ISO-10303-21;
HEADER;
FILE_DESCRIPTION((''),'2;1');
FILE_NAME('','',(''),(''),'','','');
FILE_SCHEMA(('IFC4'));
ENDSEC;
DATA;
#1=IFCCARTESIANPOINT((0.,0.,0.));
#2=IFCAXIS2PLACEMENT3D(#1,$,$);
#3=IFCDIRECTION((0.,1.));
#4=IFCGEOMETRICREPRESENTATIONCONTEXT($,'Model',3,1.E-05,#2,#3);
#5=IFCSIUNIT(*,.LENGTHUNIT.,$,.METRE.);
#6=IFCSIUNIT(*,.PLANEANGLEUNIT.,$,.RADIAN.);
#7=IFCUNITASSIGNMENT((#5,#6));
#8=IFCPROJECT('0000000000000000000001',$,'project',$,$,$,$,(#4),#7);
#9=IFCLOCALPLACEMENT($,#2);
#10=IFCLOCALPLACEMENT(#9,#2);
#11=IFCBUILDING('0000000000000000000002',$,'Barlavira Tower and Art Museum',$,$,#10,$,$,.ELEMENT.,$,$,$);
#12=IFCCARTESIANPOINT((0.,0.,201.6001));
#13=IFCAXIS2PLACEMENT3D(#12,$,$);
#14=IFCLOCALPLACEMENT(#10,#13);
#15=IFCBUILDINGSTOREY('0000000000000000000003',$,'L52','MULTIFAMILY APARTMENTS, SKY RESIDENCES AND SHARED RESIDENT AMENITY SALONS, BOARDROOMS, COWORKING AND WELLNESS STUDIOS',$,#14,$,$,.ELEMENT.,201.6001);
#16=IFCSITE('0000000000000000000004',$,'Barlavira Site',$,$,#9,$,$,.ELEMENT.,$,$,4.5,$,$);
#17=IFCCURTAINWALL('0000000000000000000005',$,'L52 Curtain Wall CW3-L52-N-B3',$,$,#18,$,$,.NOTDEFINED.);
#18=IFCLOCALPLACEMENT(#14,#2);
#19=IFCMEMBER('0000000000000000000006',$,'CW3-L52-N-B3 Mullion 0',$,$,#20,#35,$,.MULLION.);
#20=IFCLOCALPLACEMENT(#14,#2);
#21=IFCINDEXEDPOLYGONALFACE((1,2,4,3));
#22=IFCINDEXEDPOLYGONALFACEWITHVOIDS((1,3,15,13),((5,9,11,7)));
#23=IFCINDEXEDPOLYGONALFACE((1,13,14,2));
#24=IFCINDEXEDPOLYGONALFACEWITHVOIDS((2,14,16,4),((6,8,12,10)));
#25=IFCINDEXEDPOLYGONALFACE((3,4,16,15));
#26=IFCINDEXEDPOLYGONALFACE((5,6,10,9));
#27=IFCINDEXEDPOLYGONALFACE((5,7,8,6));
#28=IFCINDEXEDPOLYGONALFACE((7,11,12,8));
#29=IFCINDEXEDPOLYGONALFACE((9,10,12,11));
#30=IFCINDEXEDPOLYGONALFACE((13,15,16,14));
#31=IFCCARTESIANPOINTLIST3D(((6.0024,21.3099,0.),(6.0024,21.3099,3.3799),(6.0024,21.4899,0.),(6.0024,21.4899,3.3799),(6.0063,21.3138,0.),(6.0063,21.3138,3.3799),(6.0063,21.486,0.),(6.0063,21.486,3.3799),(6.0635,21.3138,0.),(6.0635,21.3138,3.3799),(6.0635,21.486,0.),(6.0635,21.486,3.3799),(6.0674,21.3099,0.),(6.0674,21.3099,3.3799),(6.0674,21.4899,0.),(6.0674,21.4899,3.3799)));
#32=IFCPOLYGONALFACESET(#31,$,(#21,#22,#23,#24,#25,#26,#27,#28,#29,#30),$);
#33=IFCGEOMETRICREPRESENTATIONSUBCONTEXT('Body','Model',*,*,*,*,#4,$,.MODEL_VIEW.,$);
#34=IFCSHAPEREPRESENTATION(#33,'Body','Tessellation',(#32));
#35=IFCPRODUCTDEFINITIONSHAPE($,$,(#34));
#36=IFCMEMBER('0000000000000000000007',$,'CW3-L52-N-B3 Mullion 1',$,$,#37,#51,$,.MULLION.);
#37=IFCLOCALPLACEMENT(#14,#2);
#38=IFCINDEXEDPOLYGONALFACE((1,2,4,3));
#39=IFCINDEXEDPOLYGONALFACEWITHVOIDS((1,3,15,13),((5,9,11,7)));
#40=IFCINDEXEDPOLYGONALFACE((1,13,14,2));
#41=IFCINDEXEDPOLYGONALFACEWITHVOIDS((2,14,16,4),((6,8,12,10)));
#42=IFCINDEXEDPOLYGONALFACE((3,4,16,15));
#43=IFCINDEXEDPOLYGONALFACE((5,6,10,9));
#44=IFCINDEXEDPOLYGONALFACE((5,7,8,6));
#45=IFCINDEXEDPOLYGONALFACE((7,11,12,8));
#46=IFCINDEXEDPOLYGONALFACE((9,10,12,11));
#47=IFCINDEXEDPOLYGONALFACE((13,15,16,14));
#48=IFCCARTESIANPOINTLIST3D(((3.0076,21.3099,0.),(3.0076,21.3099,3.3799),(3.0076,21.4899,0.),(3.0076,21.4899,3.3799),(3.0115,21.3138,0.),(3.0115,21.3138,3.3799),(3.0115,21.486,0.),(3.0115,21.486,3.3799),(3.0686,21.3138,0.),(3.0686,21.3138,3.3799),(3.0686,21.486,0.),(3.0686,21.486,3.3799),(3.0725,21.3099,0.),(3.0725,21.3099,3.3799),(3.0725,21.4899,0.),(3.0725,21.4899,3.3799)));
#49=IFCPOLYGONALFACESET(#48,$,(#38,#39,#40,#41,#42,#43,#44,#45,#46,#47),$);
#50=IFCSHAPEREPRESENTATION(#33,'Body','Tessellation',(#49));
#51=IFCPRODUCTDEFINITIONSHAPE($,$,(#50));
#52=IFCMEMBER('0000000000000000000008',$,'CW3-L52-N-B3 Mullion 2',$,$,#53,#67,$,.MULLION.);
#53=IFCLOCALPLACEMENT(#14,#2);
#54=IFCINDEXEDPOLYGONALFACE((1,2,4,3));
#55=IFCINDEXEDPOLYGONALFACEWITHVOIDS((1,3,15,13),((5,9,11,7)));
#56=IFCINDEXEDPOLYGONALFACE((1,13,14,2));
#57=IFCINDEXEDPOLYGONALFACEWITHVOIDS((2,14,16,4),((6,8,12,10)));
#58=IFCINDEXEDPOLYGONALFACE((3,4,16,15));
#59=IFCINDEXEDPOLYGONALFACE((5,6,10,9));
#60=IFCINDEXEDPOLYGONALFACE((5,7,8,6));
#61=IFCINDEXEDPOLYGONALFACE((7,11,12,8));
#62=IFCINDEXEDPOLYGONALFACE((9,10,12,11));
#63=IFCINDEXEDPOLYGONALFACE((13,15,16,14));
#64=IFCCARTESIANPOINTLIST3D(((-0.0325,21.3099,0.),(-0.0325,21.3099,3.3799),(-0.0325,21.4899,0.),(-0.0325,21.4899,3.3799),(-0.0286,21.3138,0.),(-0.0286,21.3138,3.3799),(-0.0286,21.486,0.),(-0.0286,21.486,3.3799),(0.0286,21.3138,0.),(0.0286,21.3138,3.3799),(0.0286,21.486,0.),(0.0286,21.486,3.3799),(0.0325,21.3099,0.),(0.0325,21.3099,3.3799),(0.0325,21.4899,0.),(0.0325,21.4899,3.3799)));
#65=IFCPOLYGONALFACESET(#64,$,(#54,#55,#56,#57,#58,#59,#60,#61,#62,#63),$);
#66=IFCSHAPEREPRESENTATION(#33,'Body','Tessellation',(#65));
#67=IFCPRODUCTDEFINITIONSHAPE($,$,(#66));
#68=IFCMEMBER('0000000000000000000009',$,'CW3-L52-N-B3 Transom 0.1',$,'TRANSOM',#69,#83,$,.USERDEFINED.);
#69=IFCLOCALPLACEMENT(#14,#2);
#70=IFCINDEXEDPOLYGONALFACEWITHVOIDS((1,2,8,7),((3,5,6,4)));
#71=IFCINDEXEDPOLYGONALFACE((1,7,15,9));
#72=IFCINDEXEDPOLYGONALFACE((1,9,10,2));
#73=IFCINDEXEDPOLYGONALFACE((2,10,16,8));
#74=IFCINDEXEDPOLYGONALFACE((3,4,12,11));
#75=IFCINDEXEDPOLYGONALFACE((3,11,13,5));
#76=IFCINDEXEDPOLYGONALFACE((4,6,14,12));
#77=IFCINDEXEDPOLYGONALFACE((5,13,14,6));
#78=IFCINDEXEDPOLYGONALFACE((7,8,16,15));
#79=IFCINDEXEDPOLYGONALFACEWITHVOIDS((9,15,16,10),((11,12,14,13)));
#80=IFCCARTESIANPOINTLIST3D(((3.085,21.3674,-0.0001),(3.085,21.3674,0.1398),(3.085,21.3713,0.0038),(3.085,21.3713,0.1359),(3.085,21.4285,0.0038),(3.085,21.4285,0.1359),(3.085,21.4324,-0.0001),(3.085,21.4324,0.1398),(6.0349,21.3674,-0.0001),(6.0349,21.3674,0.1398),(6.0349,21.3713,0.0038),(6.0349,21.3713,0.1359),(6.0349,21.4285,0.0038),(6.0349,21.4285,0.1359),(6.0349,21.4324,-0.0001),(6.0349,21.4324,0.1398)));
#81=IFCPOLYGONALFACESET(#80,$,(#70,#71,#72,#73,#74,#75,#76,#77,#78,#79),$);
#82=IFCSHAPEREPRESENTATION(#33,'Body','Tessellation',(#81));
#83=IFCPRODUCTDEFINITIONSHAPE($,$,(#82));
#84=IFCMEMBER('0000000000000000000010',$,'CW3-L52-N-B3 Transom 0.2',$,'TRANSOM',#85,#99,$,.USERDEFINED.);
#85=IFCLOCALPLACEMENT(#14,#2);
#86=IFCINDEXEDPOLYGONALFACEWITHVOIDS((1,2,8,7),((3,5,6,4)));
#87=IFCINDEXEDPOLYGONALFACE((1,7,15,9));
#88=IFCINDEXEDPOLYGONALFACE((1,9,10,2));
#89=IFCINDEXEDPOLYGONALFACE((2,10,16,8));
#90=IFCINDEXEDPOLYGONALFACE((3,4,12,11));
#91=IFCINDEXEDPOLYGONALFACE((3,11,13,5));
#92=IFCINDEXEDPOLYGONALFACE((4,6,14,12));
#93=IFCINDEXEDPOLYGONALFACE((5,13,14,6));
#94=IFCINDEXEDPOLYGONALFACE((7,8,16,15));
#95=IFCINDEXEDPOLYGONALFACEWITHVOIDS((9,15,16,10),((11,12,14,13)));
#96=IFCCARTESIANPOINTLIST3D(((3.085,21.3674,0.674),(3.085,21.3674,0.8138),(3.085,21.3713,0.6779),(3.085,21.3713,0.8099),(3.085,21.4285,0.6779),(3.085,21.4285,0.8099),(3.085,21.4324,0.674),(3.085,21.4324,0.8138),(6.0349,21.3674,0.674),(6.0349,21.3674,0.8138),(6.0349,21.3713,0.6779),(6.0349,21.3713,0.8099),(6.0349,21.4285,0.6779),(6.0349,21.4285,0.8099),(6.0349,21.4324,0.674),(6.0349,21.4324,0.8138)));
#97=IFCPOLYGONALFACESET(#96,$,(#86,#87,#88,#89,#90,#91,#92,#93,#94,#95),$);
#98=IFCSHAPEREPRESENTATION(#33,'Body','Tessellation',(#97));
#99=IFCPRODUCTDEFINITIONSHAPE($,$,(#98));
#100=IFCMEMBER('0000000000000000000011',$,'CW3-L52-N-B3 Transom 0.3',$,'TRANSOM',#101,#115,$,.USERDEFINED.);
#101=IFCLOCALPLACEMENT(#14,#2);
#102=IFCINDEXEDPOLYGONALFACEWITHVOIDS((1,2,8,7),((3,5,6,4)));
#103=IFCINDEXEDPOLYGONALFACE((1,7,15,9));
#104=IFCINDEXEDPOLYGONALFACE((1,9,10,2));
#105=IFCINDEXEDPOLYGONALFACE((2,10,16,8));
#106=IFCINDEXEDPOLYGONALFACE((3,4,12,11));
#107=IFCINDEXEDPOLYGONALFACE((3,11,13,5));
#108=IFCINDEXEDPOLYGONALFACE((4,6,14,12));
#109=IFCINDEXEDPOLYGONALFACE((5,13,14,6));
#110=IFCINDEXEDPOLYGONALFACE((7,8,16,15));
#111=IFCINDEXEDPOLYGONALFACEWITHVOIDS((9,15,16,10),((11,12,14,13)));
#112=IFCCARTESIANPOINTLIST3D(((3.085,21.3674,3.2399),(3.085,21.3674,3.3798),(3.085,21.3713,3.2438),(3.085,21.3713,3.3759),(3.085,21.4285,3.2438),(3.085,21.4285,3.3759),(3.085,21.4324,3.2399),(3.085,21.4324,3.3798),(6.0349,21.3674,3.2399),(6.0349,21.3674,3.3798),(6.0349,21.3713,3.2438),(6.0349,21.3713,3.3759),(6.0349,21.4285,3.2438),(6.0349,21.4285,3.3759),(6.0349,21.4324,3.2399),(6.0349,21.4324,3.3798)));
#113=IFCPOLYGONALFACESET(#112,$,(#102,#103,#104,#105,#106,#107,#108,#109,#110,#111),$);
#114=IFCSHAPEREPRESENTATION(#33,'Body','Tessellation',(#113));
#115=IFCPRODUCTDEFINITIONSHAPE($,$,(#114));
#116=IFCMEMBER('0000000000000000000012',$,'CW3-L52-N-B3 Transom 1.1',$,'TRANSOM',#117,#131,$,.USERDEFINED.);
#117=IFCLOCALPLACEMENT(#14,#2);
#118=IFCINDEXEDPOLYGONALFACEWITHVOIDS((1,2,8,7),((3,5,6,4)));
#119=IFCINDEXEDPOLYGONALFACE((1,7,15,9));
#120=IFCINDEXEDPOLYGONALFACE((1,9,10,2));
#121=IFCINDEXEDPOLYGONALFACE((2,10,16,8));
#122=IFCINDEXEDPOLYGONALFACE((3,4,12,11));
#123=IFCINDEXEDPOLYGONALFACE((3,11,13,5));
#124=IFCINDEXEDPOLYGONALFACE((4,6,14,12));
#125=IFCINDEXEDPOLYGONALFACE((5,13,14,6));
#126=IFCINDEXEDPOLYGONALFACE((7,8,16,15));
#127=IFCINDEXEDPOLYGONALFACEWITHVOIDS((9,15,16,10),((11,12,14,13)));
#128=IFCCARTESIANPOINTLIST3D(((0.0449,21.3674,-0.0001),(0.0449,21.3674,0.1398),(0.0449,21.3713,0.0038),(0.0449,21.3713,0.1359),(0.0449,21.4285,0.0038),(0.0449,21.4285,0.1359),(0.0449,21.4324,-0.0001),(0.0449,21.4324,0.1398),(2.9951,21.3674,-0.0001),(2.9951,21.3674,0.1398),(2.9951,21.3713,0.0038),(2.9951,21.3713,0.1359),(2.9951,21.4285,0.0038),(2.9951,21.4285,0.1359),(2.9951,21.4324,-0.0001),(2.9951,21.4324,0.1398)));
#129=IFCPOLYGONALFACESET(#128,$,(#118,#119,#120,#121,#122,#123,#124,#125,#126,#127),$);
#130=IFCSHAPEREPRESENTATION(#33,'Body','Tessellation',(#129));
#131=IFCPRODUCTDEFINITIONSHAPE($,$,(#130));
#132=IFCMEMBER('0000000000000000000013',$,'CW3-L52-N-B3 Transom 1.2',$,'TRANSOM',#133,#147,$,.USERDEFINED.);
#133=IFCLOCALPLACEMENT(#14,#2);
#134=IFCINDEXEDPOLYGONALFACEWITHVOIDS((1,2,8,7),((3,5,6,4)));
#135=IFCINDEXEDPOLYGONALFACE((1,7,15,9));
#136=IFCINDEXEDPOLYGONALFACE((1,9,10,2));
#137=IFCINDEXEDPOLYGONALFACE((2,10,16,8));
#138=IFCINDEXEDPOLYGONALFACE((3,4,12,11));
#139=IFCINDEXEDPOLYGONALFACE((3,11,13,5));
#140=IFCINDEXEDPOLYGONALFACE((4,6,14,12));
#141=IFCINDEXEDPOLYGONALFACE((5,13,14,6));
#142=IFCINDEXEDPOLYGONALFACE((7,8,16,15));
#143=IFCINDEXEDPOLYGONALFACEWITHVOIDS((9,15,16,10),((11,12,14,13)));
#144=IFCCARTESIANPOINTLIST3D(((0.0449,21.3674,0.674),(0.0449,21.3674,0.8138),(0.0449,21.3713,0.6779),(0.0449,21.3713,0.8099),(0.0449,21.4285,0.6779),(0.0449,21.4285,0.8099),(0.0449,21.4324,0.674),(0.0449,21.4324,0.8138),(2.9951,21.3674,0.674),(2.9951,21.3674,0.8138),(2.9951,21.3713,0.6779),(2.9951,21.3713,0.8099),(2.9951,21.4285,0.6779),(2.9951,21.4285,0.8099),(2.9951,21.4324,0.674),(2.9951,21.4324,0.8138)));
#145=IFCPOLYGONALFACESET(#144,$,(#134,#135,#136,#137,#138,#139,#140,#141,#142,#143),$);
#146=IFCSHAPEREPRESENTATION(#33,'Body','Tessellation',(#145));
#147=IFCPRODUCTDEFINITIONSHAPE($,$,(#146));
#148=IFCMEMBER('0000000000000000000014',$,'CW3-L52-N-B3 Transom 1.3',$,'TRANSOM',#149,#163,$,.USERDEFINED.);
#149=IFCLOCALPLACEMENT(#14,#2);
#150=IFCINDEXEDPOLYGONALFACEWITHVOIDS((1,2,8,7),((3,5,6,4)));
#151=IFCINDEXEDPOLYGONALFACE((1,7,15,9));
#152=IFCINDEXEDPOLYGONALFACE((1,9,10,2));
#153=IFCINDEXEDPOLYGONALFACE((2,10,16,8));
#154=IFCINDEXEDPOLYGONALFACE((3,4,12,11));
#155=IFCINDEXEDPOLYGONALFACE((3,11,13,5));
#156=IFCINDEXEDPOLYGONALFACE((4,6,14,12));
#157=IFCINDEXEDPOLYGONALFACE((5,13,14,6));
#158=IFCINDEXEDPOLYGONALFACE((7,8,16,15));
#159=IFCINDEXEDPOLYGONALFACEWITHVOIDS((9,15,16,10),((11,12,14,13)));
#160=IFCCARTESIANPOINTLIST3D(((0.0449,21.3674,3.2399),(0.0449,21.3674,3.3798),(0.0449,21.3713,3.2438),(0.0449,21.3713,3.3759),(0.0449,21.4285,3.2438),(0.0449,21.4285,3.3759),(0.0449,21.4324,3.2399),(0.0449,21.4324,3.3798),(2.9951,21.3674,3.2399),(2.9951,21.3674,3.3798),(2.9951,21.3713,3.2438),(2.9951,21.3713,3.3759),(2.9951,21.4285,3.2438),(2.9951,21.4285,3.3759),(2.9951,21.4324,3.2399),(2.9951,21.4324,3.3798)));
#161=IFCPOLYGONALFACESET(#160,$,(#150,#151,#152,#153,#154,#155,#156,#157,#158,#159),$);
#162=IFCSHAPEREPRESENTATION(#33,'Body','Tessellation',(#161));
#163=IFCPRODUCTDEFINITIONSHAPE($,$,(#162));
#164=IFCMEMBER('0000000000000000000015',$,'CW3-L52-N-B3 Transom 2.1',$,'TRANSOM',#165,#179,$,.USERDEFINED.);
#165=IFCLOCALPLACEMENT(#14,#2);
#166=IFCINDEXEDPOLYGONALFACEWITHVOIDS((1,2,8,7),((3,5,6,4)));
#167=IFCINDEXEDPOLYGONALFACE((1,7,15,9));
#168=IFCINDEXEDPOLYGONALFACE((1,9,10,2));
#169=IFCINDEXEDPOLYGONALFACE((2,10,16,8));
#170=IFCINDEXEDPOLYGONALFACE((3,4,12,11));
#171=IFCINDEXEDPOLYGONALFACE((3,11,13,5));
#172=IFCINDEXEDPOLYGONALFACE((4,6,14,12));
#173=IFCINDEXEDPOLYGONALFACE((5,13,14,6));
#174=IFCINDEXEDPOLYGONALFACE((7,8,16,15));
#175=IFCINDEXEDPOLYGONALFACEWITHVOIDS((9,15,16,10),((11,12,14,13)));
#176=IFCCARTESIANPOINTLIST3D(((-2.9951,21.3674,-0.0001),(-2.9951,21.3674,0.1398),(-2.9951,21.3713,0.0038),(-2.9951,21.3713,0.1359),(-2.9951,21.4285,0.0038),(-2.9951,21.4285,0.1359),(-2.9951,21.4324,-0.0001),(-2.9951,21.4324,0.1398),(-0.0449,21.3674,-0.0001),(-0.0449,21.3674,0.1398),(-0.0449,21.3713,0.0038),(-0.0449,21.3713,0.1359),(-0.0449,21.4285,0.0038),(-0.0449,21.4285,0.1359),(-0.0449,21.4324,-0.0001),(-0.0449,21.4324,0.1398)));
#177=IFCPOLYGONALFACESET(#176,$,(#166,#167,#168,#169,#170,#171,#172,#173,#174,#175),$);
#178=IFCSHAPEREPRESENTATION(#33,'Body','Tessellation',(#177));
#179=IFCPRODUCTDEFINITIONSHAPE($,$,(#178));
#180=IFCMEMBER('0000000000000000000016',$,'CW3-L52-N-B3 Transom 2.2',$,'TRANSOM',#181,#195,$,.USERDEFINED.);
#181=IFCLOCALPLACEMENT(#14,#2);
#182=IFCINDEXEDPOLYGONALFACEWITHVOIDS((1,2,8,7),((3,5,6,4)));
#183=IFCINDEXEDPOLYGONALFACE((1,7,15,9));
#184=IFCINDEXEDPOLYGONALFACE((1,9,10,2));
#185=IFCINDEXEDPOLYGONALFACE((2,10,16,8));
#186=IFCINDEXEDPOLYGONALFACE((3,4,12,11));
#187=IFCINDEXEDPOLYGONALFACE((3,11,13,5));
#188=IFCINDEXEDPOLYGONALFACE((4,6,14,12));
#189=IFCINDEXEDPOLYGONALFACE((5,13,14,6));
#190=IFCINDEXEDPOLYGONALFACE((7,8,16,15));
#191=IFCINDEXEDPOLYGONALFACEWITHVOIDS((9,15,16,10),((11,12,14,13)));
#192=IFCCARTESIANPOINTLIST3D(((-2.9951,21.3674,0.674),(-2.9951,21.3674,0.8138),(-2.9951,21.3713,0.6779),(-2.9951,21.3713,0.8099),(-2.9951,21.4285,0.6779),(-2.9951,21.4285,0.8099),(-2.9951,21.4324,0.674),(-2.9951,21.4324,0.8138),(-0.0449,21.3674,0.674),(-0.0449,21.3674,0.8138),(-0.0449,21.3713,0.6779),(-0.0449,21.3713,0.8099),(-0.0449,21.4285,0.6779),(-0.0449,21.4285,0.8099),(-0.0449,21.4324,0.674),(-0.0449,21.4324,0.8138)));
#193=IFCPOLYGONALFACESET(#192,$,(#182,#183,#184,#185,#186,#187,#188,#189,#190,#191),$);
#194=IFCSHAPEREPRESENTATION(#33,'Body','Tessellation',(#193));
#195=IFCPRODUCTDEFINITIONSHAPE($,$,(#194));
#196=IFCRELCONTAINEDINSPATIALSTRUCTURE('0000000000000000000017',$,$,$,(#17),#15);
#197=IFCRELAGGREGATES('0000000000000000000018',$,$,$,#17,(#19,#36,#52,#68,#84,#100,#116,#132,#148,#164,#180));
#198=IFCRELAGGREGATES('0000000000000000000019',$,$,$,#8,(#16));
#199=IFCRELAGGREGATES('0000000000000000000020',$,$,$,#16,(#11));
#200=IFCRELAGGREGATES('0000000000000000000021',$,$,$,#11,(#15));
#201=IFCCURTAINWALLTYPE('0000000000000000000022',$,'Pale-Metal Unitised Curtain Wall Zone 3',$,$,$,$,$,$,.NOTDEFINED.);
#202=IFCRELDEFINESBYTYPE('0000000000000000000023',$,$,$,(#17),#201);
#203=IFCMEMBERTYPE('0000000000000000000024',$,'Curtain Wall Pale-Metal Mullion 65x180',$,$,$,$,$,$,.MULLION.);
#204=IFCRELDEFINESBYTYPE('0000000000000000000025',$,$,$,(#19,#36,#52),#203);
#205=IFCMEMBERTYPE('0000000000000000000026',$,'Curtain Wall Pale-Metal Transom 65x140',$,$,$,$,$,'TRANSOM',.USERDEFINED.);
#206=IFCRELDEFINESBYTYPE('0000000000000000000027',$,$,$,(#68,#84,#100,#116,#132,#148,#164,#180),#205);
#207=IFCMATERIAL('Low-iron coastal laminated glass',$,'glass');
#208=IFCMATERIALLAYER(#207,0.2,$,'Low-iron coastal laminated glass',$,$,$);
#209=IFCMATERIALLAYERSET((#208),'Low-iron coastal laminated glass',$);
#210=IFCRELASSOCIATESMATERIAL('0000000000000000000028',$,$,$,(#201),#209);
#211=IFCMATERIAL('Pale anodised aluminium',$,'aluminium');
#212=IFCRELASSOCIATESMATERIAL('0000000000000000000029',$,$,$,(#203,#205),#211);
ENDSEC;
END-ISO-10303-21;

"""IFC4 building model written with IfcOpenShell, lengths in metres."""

from ifc_helpers import new_model, si_unit, direction, frame, origin, origin_2d, place, context, subcontext, project, spatial, hollow_rectangle, extrude, material, layer, layer_set, material_profile, profile_set, type_object, element, aggregate, save


model = new_model("IFC4")

# Units and contexts
model_context = context("Model", 3, precision=1e-05, world=origin(), true_north=direction((0.0, 1.0)))
body_context = subcontext(model_context, "Body", "Model", "MODEL_VIEW")
ifc_project = project(units=[si_unit("LENGTHUNIT", "METRE"), si_unit("PLANEANGLEUNIT", "RADIAN")], contexts=[model_context])

# Site, building, storey
site_placement = place(None, origin())
site = spatial("IfcSite", under=ifc_project, at=site_placement, Name="Barlavira Site", CompositionType="ELEMENT", RefElevation=4.5)
building_placement = place(site_placement, origin())
building = spatial("IfcBuilding", under=site, at=building_placement, Name="Barlavira Tower and Art Museum", CompositionType="ELEMENT")
storey_placement = place(building_placement, frame((0.0, 0.0, 201.6001)))
storey = spatial("IfcBuildingStorey", under=building, at=storey_placement, Name="L52", Description="MULTIFAMILY APARTMENTS, SKY RESIDENCES AND SHARED RESIDENT AMENITY SALONS, BOARDROOMS, COWORKING AND WELLNESS STUDIOS", CompositionType="ELEMENT", Elevation=201.6001)

# Curtain wall, members
ifc_material_1 = material(Name="Low-iron coastal laminated glass", Category="glass")
ifc_layer_1 = layer(ifc_material_1, 0.2, Name="Low-iron coastal laminated glass")
ifc_layer_set_1 = layer_set([ifc_layer_1], Name="Low-iron coastal laminated glass")
curtain_wall_type = type_object("IfcCurtainWallType", Name="Pale-Metal Unitised Curtain Wall Zone 3", PredefinedType="NOTDEFINED", material=ifc_layer_set_1)
curtain_wall_placement = place(storey_placement, origin())
curtain_wall = element("IfcCurtainWall", 1, at=curtain_wall_placement, inside=storey, type_object=curtain_wall_type, Name="L52 Curtain Wall CW3-L52-N-B3", PredefinedType="NOTDEFINED")
ifc_material_2 = material(Name="Pale anodised aluminium", Category="aluminium")
ifc_material_profile_1 = material_profile(ifc_material_2, hollow_rectangle(XDim=0.0649, YDim=0.1799, WallThickness=0.0039, at=origin_2d()), Name="ALU-MULL 65x180x4")
ifc_profile_set_1 = profile_set([ifc_material_profile_1], Name="Pale anodised aluminium")
member_type_1 = type_object("IfcMemberType", Name="Curtain Wall Pale-Metal Mullion 65x180", PredefinedType="MULLION", material=ifc_profile_set_1)
member_1_placement = place(storey_placement, frame((6.0349, 21.3999, 0.0), z_axis=(0.0, 0.0, 1.0), x_axis=(-1.0, 0.0, 0.0)))
member_1 = element("IfcMember", 2, at=member_1_placement, type_object=member_type_1, Name="CW3-L52-N-B3 Mullion 0", PredefinedType="MULLION", context=body_context, shape_type="SweptSolid", body=[
    extrude(hollow_rectangle(XDim=0.0649, YDim=0.1799, WallThickness=0.0039, at=origin_2d()), origin(), (0.0, 0.0, 1.0), 3.3799),
])
member_2_placement = place(storey_placement, frame((3.04, 21.3999, 0.0), z_axis=(0.0, 0.0, 1.0), x_axis=(-1.0, 0.0, 0.0)))
member_2 = element("IfcMember", 3, at=member_2_placement, type_object=member_type_1, Name="CW3-L52-N-B3 Mullion 1", PredefinedType="MULLION", context=body_context, shape_type="SweptSolid", body=[
    extrude(hollow_rectangle(XDim=0.0649, YDim=0.1799, WallThickness=0.0039, at=origin_2d()), origin(), (0.0, 0.0, 1.0), 3.3799),
])
member_3_placement = place(storey_placement, frame((0.0, 21.3999, 0.0), z_axis=(0.0, 0.0, 1.0), x_axis=(-1.0, 0.0, 0.0)))
member_3 = element("IfcMember", 4, at=member_3_placement, type_object=member_type_1, Name="CW3-L52-N-B3 Mullion 2", PredefinedType="MULLION", context=body_context, shape_type="SweptSolid", body=[
    extrude(hollow_rectangle(XDim=0.0649, YDim=0.1799, WallThickness=0.0039, at=origin_2d()), origin(), (0.0, 0.0, 1.0), 3.3799),
])
ifc_material_profile_2 = material_profile(ifc_material_2, hollow_rectangle(XDim=0.0649, YDim=0.1399, WallThickness=0.0039, at=origin_2d()), Name="ALU-TRAN 65x140x4")
ifc_profile_set_2 = profile_set([ifc_material_profile_2], Name="Pale anodised aluminium")
member_type_2 = type_object("IfcMemberType", Name="Curtain Wall Pale-Metal Transom 65x140", ElementType="TRANSOM", PredefinedType="USERDEFINED", material=ifc_profile_set_2)
member_4_placement = place(storey_placement, frame((6.0349, 21.3999, 0.0698), z_axis=(-1.0, 0.0, 0.0), x_axis=(0.0, -1.0, 0.0)))
member_4 = element("IfcMember", 5, at=member_4_placement, type_object=member_type_2, Name="CW3-L52-N-B3 Transom 0.1", ObjectType="TRANSOM", PredefinedType="USERDEFINED", context=body_context, shape_type="SweptSolid", body=[
    extrude(hollow_rectangle(XDim=0.0649, YDim=0.1399, WallThickness=0.0039, at=origin_2d()), origin(), (0.0, 0.0, 1.0), 2.95),
])
member_5_placement = place(storey_placement, frame((6.0349, 21.3999, 0.7439), z_axis=(-1.0, 0.0, 0.0), x_axis=(0.0, -1.0, 0.0)))
member_5 = element("IfcMember", 6, at=member_5_placement, type_object=member_type_2, Name="CW3-L52-N-B3 Transom 0.2", ObjectType="TRANSOM", PredefinedType="USERDEFINED", context=body_context, shape_type="SweptSolid", body=[
    extrude(hollow_rectangle(XDim=0.0649, YDim=0.1399, WallThickness=0.0039, at=origin_2d()), origin(), (0.0, 0.0, 1.0), 2.95),
])
member_6_placement = place(storey_placement, frame((6.0349, 21.3999, 3.3098), z_axis=(-1.0, 0.0, 0.0), x_axis=(0.0, -1.0, 0.0)))
member_6 = element("IfcMember", 7, at=member_6_placement, type_object=member_type_2, Name="CW3-L52-N-B3 Transom 0.3", ObjectType="TRANSOM", PredefinedType="USERDEFINED", context=body_context, shape_type="SweptSolid", body=[
    extrude(hollow_rectangle(XDim=0.0649, YDim=0.1399, WallThickness=0.0039, at=origin_2d()), origin(), (0.0, 0.0, 1.0), 2.95),
])
member_7_placement = place(storey_placement, frame((2.9951, 21.3999, 0.0698), z_axis=(-1.0, 0.0, 0.0), x_axis=(0.0, -1.0, 0.0)))
member_7 = element("IfcMember", 8, at=member_7_placement, type_object=member_type_2, Name="CW3-L52-N-B3 Transom 1.1", ObjectType="TRANSOM", PredefinedType="USERDEFINED", context=body_context, shape_type="SweptSolid", body=[
    extrude(hollow_rectangle(XDim=0.0649, YDim=0.1399, WallThickness=0.0039, at=origin_2d()), origin(), (0.0, 0.0, 1.0), 2.9502),
])
member_8_placement = place(storey_placement, frame((2.9951, 21.3999, 0.7439), z_axis=(-1.0, 0.0, 0.0), x_axis=(0.0, -1.0, 0.0)))
member_8 = element("IfcMember", 9, at=member_8_placement, type_object=member_type_2, Name="CW3-L52-N-B3 Transom 1.2", ObjectType="TRANSOM", PredefinedType="USERDEFINED", context=body_context, shape_type="SweptSolid", body=[
    extrude(hollow_rectangle(XDim=0.0649, YDim=0.1399, WallThickness=0.0039, at=origin_2d()), origin(), (0.0, 0.0, 1.0), 2.9502),
])
member_9_placement = place(storey_placement, frame((2.9951, 21.3999, 3.3098), z_axis=(-1.0, 0.0, 0.0), x_axis=(0.0, -1.0, 0.0)))
member_9 = element("IfcMember", 10, at=member_9_placement, type_object=member_type_2, Name="CW3-L52-N-B3 Transom 1.3", ObjectType="TRANSOM", PredefinedType="USERDEFINED", context=body_context, shape_type="SweptSolid", body=[
    extrude(hollow_rectangle(XDim=0.0649, YDim=0.1399, WallThickness=0.0039, at=origin_2d()), origin(), (0.0, 0.0, 1.0), 2.9502),
])
member_10_placement = place(storey_placement, frame((-0.0449, 21.3999, 0.0698), z_axis=(-1.0, 0.0, 0.0), x_axis=(0.0, -1.0, 0.0)))
member_10 = element("IfcMember", 11, at=member_10_placement, type_object=member_type_2, Name="CW3-L52-N-B3 Transom 2.1", ObjectType="TRANSOM", PredefinedType="USERDEFINED", context=body_context, shape_type="SweptSolid", body=[
    extrude(hollow_rectangle(XDim=0.0649, YDim=0.1399, WallThickness=0.0039, at=origin_2d()), origin(), (0.0, 0.0, 1.0), 2.9502),
])
member_11_placement = place(storey_placement, frame((-0.0449, 21.3999, 0.7439), z_axis=(-1.0, 0.0, 0.0), x_axis=(0.0, -1.0, 0.0)))
member_11 = element("IfcMember", 12, at=member_11_placement, type_object=member_type_2, Name="CW3-L52-N-B3 Transom 2.2", ObjectType="TRANSOM", PredefinedType="USERDEFINED", context=body_context, shape_type="SweptSolid", body=[
    extrude(hollow_rectangle(XDim=0.0649, YDim=0.1399, WallThickness=0.0039, at=origin_2d()), origin(), (0.0, 0.0, 1.0), 2.9502),
])
aggregate(curtain_wall, [member_1, member_2, member_3, member_4, member_5, member_6, member_7, member_8, member_9, member_10, member_11])

save(model, "model.ifc")
